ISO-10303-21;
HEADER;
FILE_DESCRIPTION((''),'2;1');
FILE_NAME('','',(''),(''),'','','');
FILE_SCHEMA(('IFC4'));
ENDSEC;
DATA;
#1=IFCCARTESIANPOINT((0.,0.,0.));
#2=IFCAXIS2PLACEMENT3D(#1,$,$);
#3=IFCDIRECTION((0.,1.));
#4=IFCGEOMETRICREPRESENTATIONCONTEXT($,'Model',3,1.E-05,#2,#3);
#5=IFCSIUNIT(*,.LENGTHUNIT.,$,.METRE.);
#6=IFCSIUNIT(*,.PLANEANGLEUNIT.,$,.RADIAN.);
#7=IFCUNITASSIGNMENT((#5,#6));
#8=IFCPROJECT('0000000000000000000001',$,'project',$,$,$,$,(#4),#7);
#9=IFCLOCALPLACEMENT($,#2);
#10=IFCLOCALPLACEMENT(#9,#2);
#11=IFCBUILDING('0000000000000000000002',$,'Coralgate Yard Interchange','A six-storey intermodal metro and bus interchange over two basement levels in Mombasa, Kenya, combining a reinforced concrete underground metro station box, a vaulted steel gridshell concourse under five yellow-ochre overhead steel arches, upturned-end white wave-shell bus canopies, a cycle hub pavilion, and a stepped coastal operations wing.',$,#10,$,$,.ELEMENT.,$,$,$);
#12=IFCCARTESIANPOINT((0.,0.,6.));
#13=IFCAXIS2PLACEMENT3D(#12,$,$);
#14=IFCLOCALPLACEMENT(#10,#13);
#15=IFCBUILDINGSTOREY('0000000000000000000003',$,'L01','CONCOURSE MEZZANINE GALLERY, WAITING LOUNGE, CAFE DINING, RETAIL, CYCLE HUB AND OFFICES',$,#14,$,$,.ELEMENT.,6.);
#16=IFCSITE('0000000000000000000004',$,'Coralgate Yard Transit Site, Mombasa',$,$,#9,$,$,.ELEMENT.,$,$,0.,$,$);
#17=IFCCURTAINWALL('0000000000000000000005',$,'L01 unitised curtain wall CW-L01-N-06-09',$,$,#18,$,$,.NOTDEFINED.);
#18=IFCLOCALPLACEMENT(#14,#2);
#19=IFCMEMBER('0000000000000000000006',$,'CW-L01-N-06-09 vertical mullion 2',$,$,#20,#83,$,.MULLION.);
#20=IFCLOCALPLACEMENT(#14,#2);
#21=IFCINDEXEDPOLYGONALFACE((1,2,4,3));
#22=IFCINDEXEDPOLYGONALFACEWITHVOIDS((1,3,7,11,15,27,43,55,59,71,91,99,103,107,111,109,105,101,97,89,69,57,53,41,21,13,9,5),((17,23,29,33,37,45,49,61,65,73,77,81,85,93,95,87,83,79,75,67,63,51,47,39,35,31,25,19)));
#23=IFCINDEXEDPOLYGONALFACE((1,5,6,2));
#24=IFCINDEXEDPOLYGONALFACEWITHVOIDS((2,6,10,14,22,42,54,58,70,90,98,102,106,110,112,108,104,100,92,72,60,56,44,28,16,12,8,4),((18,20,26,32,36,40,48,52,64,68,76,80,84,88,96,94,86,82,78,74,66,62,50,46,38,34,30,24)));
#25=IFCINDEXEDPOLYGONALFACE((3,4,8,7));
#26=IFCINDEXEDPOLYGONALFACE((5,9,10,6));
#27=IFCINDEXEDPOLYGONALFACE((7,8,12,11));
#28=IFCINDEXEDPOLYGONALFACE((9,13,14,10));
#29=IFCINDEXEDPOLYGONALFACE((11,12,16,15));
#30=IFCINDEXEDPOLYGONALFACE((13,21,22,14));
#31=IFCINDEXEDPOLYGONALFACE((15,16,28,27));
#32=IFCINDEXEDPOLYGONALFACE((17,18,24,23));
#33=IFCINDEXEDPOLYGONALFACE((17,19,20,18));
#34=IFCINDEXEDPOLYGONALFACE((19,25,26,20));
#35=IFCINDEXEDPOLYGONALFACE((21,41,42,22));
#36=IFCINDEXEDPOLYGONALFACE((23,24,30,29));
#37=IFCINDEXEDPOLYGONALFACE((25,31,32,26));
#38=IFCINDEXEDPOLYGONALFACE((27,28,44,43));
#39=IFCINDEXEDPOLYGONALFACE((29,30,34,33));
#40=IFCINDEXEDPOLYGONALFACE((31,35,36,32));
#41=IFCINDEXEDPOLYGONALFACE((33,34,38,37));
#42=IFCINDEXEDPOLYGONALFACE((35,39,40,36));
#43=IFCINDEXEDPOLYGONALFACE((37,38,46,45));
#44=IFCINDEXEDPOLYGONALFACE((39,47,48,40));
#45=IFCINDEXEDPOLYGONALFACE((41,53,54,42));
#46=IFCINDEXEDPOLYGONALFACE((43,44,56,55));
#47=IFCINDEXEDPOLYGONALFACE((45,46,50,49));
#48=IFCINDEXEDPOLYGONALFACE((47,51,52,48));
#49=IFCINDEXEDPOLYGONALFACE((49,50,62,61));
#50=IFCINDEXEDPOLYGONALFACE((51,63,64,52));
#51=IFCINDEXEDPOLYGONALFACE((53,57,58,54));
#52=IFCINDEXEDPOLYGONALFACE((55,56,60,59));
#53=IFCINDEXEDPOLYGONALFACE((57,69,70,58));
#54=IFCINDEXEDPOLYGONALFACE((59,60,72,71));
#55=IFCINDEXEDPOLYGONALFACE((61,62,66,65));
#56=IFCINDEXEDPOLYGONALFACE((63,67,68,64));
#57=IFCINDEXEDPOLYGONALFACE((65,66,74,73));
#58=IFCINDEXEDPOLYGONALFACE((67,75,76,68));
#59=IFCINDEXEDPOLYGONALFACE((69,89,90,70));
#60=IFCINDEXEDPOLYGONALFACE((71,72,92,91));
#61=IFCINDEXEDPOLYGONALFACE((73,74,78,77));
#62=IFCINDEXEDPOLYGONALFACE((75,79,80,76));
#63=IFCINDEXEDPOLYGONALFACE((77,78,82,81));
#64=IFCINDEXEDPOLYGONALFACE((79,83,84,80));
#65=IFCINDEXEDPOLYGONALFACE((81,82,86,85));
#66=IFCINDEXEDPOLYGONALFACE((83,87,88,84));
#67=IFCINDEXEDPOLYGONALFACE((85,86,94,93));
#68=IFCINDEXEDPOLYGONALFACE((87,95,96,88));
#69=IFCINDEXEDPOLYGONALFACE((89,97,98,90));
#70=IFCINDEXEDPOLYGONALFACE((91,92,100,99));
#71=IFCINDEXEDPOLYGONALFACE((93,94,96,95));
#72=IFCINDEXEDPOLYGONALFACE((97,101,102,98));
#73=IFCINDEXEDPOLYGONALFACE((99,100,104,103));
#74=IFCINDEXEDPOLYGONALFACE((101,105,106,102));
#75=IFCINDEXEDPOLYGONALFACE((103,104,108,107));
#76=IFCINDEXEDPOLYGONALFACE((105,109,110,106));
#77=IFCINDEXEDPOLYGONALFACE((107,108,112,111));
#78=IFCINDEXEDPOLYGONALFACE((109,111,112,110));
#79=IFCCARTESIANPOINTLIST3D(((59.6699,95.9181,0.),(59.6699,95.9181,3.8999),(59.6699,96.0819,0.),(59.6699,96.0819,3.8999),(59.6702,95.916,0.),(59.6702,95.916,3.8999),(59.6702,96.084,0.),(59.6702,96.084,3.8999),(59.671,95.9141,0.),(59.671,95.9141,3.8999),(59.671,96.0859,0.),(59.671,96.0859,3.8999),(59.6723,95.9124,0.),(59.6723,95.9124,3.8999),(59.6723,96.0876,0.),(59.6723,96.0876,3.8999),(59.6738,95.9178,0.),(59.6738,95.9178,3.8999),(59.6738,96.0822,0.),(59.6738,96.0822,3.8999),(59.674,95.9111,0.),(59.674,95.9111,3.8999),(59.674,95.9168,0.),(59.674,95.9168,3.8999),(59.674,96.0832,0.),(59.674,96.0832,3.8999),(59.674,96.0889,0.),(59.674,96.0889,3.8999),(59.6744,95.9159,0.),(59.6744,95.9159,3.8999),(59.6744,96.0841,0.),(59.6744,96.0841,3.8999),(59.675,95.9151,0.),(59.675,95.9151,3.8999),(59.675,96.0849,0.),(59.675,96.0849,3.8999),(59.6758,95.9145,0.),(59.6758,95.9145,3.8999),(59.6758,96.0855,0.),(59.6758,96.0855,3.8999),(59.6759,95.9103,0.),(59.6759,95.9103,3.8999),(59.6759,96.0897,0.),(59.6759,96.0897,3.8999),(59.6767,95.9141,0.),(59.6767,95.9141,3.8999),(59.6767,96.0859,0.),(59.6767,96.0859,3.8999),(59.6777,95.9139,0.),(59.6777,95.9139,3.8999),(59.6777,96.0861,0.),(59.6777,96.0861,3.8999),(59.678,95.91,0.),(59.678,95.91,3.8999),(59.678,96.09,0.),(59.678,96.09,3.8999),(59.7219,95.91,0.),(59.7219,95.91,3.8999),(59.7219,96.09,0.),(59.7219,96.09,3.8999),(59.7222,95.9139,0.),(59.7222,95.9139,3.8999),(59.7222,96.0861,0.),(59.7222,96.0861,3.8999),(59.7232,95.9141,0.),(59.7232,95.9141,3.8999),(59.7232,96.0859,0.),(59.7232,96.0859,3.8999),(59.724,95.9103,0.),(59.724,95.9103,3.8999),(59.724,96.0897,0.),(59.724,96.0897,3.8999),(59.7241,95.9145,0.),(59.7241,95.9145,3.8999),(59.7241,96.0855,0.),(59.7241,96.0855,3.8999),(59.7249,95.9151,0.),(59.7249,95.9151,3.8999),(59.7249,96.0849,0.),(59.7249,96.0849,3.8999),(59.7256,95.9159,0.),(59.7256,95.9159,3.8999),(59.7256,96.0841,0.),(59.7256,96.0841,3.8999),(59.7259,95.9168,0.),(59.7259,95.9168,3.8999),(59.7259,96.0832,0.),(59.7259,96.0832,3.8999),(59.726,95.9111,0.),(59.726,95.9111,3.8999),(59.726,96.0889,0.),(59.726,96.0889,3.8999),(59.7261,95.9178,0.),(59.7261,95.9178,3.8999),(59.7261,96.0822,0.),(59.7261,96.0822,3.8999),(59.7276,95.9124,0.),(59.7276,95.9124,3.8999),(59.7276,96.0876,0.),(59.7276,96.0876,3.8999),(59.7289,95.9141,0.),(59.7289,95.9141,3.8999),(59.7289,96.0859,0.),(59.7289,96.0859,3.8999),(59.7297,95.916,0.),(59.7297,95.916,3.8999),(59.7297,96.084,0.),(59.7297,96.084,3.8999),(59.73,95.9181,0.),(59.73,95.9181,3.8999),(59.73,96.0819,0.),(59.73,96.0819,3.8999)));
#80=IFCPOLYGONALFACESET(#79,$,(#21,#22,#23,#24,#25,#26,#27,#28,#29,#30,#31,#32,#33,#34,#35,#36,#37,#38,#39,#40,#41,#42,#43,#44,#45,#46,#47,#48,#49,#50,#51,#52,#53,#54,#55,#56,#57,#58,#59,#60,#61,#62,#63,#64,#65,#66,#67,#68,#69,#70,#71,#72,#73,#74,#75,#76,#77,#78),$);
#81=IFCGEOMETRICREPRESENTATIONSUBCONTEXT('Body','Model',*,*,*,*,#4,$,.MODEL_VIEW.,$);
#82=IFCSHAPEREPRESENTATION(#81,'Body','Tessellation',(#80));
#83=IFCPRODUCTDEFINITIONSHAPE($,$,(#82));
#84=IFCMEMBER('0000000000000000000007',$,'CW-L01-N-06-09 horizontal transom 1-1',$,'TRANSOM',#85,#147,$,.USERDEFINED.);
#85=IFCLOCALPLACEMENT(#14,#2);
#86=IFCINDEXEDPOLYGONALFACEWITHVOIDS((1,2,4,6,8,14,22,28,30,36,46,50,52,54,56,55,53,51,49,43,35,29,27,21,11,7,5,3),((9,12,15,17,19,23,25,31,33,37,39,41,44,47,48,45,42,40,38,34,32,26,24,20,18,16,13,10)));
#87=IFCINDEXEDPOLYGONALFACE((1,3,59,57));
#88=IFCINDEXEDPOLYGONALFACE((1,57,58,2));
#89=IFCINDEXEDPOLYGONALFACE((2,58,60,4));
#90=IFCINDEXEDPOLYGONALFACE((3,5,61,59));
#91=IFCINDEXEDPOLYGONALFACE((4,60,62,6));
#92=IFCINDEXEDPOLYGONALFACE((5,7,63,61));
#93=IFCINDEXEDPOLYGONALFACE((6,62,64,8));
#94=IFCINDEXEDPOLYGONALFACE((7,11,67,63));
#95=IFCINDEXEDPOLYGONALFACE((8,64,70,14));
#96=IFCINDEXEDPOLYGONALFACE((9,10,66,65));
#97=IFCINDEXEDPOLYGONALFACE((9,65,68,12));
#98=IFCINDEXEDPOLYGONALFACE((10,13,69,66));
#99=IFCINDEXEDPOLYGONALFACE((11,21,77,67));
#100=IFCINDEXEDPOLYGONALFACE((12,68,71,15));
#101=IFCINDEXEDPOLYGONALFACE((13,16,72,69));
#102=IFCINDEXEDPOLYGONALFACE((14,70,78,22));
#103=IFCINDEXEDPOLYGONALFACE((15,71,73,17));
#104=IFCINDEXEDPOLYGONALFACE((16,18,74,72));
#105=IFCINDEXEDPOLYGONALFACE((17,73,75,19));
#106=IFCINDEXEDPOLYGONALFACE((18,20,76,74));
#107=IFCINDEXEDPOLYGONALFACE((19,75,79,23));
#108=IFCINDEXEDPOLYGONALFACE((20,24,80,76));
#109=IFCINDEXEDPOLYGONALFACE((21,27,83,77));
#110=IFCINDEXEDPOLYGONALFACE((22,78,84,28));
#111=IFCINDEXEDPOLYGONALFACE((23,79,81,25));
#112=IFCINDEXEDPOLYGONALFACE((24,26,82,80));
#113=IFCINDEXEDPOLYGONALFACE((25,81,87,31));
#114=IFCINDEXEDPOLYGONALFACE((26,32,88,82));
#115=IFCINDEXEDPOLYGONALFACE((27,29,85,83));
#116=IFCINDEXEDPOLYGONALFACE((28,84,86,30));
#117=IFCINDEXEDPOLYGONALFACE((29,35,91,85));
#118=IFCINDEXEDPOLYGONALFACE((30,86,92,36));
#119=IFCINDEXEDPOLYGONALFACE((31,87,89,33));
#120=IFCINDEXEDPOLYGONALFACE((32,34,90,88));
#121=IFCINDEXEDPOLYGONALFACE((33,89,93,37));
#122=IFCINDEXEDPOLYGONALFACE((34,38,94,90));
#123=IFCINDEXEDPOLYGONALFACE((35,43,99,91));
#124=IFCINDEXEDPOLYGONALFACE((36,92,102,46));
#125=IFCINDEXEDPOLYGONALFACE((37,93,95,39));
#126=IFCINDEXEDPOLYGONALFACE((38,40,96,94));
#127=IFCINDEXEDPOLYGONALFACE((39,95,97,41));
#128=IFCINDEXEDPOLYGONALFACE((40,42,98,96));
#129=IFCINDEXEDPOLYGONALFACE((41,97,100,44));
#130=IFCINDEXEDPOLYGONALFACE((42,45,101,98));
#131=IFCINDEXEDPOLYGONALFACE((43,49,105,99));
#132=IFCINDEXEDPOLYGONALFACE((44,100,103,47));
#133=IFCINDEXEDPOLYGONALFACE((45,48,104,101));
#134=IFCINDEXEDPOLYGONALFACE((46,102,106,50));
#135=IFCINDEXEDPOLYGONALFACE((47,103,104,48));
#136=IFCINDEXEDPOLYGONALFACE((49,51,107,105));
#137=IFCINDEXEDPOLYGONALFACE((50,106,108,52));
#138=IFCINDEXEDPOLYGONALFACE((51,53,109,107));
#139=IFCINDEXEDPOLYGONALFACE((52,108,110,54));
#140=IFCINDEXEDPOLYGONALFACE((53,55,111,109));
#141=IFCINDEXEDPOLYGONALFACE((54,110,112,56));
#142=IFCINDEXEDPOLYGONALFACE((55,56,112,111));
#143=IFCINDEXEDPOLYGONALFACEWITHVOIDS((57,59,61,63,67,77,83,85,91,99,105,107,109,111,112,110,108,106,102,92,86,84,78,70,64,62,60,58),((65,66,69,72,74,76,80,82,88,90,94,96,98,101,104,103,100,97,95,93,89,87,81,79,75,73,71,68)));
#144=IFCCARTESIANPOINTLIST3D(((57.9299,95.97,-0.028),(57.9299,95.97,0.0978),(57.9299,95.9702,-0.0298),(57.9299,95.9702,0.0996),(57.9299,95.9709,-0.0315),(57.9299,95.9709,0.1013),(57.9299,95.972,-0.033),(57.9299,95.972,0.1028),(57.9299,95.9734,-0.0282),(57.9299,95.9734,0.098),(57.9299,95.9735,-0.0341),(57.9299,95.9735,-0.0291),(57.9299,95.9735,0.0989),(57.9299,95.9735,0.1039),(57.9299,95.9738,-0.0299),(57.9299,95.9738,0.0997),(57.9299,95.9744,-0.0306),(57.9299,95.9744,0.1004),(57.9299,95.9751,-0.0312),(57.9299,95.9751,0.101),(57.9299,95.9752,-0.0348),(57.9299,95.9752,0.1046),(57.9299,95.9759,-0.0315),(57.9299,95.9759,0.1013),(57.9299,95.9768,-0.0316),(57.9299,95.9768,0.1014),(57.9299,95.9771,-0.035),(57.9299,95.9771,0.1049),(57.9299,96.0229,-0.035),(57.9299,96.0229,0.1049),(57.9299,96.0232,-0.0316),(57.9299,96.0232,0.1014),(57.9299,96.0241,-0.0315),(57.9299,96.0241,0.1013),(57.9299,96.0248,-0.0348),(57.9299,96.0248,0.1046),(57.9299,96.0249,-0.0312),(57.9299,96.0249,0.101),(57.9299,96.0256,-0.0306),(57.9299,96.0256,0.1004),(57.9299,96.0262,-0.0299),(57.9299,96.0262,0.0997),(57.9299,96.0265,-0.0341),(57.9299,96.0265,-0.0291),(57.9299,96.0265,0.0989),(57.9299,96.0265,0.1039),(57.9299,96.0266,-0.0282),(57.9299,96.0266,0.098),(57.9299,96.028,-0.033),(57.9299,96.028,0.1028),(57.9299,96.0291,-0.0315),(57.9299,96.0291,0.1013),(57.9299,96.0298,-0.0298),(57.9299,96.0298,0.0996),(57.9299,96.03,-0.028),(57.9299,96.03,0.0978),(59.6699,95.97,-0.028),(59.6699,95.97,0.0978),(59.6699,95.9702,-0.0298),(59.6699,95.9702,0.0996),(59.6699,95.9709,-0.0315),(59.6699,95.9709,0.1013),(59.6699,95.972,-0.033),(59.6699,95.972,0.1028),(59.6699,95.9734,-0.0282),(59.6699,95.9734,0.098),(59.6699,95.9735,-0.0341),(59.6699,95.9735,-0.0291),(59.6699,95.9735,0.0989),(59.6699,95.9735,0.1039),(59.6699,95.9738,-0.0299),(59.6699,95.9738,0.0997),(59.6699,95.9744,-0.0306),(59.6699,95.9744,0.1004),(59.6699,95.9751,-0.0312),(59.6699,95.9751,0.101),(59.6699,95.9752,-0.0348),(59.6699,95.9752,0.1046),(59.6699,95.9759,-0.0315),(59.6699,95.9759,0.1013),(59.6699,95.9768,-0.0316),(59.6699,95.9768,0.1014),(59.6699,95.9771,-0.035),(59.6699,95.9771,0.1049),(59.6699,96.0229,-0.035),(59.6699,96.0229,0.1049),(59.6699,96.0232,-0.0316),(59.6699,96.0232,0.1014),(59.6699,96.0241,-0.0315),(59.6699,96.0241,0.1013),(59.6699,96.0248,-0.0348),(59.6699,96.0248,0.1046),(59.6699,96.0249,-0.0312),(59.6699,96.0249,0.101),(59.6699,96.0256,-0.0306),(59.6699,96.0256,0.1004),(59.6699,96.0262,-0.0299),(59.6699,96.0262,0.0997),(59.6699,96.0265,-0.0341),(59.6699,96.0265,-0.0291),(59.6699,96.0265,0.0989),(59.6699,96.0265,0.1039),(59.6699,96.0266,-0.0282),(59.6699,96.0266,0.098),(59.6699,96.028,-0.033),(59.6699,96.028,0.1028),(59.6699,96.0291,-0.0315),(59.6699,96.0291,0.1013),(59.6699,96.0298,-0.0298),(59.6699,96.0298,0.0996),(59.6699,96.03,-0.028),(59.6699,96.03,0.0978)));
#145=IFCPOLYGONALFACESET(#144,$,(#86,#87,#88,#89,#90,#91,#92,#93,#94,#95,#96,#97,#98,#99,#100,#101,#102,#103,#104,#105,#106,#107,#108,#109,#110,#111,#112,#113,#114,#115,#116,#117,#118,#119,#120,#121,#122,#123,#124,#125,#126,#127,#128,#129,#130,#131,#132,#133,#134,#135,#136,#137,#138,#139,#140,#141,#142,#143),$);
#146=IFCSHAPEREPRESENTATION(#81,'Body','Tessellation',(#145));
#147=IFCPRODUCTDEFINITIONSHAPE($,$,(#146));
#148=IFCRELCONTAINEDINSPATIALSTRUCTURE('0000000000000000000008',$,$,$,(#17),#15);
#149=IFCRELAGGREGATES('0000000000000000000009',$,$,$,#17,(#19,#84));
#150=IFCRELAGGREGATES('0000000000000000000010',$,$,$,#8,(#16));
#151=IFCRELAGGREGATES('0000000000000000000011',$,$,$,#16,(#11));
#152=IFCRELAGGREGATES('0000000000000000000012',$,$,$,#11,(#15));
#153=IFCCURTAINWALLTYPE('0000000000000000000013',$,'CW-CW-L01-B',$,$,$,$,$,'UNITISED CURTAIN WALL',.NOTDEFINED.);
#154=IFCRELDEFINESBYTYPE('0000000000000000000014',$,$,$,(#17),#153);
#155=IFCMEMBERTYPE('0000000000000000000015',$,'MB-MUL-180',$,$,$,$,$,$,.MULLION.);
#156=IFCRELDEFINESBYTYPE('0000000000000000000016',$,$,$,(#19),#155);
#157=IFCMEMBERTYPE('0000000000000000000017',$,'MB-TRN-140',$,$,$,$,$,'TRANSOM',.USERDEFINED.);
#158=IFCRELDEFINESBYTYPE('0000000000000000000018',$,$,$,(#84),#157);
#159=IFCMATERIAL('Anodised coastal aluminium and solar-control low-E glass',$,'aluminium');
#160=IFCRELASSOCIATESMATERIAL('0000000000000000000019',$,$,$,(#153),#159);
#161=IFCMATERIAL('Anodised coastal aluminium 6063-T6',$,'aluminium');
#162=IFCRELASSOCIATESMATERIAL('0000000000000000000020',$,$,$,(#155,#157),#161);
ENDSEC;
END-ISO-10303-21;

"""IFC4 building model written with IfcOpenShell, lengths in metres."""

from ifc_helpers import new_model, si_unit, direction, frame, origin, origin_2d, place, context, subcontext, project, spatial, hollow_rectangle, extrude, material, material_profile, profile_set, type_object, element, aggregate, save


model = new_model("IFC4")

# Units and contexts
model_context = context("Model", 3, precision=1e-05, world=origin(), true_north=direction((0.0, 1.0)))
body_context = subcontext(model_context, "Body", "Model", "MODEL_VIEW")
ifc_project = project(units=[si_unit("LENGTHUNIT", "METRE"), si_unit("PLANEANGLEUNIT", "RADIAN")], contexts=[model_context])

# Site, building, storey
site_placement = place(None, origin())
site = spatial("IfcSite", under=ifc_project, at=site_placement, Name="Coralgate Yard Transit Site, Mombasa", CompositionType="ELEMENT", RefElevation=0.0)
building_placement = place(site_placement, origin())
building = spatial("IfcBuilding", under=site, at=building_placement, Name="Coralgate Yard Interchange", Description="A six-storey intermodal metro and bus interchange over two basement levels in Mombasa, Kenya, combining a reinforced concrete underground metro station box, a vaulted steel gridshell concourse under five yellow-ochre overhead steel arches, upturned-end white wave-shell bus canopies, a cycle hub pavilion, and a stepped coastal operations wing.", CompositionType="ELEMENT")
storey_placement = place(building_placement, frame((0.0, 0.0, 6.0)))
storey = spatial("IfcBuildingStorey", under=building, at=storey_placement, Name="L01", Description="CONCOURSE MEZZANINE GALLERY, WAITING LOUNGE, CAFE DINING, RETAIL, CYCLE HUB AND OFFICES", CompositionType="ELEMENT", Elevation=6.0)

# Shared definitions
ifc_material_1 = material(Name="Anodised coastal aluminium and solar-control low-E glass", Category="aluminium")
curtain_wall_type = type_object("IfcCurtainWallType", Name="CW-CW-L01-B", ElementType="UNITISED CURTAIN WALL", PredefinedType="NOTDEFINED", material=ifc_material_1)
ifc_material_2 = material(Name="Anodised coastal aluminium 6063-T6", Category="aluminium")
ifc_material_profile_1 = material_profile(ifc_material_2, hollow_rectangle(XDim=0.0601, YDim=0.1799, WallThickness=0.0039, InnerFilletRadius=0.0039, OuterFilletRadius=0.0081, at=origin_2d()), Name="ALU 60x180x4")
ifc_profile_set_1 = profile_set([ifc_material_profile_1], Name="Anodised coastal aluminium 6063-T6")
member_type_1 = type_object("IfcMemberType", Name="MB-MUL-180", PredefinedType="MULLION", material=ifc_profile_set_1)

# Curtain wall, members
curtain_wall_1_placement = place(storey_placement, origin())
curtain_wall_1 = element("IfcCurtainWall", 1, at=curtain_wall_1_placement, inside=storey, type_object=curtain_wall_type, Name="L01 unitised curtain wall CW-L01-N-06-09", PredefinedType="NOTDEFINED")
member_1_placement = place(storey_placement, frame((59.7, 96.0, 0.0), z_axis=(0.0, 0.0, 1.0), x_axis=(1.0, 0.0, 0.0)))
member_1 = element("IfcMember", 2, at=member_1_placement, type_object=member_type_1, Name="CW-L01-N-06-09 vertical mullion 2", PredefinedType="MULLION", context=body_context, shape_type="SweptSolid", body=[
    extrude(hollow_rectangle(XDim=0.0601, YDim=0.1799, WallThickness=0.0039, InnerFilletRadius=0.0039, OuterFilletRadius=0.0081, at=origin_2d()), origin(), (0.0, 0.0, 1.0), 3.8999),
])
ifc_material_profile_2 = material_profile(ifc_material_2, hollow_rectangle(XDim=0.0601, YDim=0.1399, WallThickness=0.0034, InnerFilletRadius=0.0034, OuterFilletRadius=0.0071, at=origin_2d()), Name="ALU 60x140x3.5")
ifc_profile_set_2 = profile_set([ifc_material_profile_2], Name="Anodised coastal aluminium 6063-T6")
member_type_2 = type_object("IfcMemberType", Name="MB-TRN-140", ElementType="TRANSOM", PredefinedType="USERDEFINED", material=ifc_profile_set_2)
member_2_placement = place(storey_placement, frame((57.9299, 96.0, 0.0349), z_axis=(1.0, 0.0, 0.0), x_axis=(0.0, 1.0, 0.0)))
member_2 = element("IfcMember", 3, at=member_2_placement, type_object=member_type_2, Name="CW-L01-N-06-09 horizontal transom 1-1", ObjectType="TRANSOM", PredefinedType="USERDEFINED", context=body_context, shape_type="SweptSolid", body=[
    extrude(hollow_rectangle(XDim=0.0601, YDim=0.1399, WallThickness=0.0034, InnerFilletRadius=0.0034, OuterFilletRadius=0.0071, at=origin_2d()), origin(), (0.0, 0.0, 1.0), 1.74),
])
aggregate(curtain_wall_1, [member_1, member_2])

save(model, "model.ifc")
